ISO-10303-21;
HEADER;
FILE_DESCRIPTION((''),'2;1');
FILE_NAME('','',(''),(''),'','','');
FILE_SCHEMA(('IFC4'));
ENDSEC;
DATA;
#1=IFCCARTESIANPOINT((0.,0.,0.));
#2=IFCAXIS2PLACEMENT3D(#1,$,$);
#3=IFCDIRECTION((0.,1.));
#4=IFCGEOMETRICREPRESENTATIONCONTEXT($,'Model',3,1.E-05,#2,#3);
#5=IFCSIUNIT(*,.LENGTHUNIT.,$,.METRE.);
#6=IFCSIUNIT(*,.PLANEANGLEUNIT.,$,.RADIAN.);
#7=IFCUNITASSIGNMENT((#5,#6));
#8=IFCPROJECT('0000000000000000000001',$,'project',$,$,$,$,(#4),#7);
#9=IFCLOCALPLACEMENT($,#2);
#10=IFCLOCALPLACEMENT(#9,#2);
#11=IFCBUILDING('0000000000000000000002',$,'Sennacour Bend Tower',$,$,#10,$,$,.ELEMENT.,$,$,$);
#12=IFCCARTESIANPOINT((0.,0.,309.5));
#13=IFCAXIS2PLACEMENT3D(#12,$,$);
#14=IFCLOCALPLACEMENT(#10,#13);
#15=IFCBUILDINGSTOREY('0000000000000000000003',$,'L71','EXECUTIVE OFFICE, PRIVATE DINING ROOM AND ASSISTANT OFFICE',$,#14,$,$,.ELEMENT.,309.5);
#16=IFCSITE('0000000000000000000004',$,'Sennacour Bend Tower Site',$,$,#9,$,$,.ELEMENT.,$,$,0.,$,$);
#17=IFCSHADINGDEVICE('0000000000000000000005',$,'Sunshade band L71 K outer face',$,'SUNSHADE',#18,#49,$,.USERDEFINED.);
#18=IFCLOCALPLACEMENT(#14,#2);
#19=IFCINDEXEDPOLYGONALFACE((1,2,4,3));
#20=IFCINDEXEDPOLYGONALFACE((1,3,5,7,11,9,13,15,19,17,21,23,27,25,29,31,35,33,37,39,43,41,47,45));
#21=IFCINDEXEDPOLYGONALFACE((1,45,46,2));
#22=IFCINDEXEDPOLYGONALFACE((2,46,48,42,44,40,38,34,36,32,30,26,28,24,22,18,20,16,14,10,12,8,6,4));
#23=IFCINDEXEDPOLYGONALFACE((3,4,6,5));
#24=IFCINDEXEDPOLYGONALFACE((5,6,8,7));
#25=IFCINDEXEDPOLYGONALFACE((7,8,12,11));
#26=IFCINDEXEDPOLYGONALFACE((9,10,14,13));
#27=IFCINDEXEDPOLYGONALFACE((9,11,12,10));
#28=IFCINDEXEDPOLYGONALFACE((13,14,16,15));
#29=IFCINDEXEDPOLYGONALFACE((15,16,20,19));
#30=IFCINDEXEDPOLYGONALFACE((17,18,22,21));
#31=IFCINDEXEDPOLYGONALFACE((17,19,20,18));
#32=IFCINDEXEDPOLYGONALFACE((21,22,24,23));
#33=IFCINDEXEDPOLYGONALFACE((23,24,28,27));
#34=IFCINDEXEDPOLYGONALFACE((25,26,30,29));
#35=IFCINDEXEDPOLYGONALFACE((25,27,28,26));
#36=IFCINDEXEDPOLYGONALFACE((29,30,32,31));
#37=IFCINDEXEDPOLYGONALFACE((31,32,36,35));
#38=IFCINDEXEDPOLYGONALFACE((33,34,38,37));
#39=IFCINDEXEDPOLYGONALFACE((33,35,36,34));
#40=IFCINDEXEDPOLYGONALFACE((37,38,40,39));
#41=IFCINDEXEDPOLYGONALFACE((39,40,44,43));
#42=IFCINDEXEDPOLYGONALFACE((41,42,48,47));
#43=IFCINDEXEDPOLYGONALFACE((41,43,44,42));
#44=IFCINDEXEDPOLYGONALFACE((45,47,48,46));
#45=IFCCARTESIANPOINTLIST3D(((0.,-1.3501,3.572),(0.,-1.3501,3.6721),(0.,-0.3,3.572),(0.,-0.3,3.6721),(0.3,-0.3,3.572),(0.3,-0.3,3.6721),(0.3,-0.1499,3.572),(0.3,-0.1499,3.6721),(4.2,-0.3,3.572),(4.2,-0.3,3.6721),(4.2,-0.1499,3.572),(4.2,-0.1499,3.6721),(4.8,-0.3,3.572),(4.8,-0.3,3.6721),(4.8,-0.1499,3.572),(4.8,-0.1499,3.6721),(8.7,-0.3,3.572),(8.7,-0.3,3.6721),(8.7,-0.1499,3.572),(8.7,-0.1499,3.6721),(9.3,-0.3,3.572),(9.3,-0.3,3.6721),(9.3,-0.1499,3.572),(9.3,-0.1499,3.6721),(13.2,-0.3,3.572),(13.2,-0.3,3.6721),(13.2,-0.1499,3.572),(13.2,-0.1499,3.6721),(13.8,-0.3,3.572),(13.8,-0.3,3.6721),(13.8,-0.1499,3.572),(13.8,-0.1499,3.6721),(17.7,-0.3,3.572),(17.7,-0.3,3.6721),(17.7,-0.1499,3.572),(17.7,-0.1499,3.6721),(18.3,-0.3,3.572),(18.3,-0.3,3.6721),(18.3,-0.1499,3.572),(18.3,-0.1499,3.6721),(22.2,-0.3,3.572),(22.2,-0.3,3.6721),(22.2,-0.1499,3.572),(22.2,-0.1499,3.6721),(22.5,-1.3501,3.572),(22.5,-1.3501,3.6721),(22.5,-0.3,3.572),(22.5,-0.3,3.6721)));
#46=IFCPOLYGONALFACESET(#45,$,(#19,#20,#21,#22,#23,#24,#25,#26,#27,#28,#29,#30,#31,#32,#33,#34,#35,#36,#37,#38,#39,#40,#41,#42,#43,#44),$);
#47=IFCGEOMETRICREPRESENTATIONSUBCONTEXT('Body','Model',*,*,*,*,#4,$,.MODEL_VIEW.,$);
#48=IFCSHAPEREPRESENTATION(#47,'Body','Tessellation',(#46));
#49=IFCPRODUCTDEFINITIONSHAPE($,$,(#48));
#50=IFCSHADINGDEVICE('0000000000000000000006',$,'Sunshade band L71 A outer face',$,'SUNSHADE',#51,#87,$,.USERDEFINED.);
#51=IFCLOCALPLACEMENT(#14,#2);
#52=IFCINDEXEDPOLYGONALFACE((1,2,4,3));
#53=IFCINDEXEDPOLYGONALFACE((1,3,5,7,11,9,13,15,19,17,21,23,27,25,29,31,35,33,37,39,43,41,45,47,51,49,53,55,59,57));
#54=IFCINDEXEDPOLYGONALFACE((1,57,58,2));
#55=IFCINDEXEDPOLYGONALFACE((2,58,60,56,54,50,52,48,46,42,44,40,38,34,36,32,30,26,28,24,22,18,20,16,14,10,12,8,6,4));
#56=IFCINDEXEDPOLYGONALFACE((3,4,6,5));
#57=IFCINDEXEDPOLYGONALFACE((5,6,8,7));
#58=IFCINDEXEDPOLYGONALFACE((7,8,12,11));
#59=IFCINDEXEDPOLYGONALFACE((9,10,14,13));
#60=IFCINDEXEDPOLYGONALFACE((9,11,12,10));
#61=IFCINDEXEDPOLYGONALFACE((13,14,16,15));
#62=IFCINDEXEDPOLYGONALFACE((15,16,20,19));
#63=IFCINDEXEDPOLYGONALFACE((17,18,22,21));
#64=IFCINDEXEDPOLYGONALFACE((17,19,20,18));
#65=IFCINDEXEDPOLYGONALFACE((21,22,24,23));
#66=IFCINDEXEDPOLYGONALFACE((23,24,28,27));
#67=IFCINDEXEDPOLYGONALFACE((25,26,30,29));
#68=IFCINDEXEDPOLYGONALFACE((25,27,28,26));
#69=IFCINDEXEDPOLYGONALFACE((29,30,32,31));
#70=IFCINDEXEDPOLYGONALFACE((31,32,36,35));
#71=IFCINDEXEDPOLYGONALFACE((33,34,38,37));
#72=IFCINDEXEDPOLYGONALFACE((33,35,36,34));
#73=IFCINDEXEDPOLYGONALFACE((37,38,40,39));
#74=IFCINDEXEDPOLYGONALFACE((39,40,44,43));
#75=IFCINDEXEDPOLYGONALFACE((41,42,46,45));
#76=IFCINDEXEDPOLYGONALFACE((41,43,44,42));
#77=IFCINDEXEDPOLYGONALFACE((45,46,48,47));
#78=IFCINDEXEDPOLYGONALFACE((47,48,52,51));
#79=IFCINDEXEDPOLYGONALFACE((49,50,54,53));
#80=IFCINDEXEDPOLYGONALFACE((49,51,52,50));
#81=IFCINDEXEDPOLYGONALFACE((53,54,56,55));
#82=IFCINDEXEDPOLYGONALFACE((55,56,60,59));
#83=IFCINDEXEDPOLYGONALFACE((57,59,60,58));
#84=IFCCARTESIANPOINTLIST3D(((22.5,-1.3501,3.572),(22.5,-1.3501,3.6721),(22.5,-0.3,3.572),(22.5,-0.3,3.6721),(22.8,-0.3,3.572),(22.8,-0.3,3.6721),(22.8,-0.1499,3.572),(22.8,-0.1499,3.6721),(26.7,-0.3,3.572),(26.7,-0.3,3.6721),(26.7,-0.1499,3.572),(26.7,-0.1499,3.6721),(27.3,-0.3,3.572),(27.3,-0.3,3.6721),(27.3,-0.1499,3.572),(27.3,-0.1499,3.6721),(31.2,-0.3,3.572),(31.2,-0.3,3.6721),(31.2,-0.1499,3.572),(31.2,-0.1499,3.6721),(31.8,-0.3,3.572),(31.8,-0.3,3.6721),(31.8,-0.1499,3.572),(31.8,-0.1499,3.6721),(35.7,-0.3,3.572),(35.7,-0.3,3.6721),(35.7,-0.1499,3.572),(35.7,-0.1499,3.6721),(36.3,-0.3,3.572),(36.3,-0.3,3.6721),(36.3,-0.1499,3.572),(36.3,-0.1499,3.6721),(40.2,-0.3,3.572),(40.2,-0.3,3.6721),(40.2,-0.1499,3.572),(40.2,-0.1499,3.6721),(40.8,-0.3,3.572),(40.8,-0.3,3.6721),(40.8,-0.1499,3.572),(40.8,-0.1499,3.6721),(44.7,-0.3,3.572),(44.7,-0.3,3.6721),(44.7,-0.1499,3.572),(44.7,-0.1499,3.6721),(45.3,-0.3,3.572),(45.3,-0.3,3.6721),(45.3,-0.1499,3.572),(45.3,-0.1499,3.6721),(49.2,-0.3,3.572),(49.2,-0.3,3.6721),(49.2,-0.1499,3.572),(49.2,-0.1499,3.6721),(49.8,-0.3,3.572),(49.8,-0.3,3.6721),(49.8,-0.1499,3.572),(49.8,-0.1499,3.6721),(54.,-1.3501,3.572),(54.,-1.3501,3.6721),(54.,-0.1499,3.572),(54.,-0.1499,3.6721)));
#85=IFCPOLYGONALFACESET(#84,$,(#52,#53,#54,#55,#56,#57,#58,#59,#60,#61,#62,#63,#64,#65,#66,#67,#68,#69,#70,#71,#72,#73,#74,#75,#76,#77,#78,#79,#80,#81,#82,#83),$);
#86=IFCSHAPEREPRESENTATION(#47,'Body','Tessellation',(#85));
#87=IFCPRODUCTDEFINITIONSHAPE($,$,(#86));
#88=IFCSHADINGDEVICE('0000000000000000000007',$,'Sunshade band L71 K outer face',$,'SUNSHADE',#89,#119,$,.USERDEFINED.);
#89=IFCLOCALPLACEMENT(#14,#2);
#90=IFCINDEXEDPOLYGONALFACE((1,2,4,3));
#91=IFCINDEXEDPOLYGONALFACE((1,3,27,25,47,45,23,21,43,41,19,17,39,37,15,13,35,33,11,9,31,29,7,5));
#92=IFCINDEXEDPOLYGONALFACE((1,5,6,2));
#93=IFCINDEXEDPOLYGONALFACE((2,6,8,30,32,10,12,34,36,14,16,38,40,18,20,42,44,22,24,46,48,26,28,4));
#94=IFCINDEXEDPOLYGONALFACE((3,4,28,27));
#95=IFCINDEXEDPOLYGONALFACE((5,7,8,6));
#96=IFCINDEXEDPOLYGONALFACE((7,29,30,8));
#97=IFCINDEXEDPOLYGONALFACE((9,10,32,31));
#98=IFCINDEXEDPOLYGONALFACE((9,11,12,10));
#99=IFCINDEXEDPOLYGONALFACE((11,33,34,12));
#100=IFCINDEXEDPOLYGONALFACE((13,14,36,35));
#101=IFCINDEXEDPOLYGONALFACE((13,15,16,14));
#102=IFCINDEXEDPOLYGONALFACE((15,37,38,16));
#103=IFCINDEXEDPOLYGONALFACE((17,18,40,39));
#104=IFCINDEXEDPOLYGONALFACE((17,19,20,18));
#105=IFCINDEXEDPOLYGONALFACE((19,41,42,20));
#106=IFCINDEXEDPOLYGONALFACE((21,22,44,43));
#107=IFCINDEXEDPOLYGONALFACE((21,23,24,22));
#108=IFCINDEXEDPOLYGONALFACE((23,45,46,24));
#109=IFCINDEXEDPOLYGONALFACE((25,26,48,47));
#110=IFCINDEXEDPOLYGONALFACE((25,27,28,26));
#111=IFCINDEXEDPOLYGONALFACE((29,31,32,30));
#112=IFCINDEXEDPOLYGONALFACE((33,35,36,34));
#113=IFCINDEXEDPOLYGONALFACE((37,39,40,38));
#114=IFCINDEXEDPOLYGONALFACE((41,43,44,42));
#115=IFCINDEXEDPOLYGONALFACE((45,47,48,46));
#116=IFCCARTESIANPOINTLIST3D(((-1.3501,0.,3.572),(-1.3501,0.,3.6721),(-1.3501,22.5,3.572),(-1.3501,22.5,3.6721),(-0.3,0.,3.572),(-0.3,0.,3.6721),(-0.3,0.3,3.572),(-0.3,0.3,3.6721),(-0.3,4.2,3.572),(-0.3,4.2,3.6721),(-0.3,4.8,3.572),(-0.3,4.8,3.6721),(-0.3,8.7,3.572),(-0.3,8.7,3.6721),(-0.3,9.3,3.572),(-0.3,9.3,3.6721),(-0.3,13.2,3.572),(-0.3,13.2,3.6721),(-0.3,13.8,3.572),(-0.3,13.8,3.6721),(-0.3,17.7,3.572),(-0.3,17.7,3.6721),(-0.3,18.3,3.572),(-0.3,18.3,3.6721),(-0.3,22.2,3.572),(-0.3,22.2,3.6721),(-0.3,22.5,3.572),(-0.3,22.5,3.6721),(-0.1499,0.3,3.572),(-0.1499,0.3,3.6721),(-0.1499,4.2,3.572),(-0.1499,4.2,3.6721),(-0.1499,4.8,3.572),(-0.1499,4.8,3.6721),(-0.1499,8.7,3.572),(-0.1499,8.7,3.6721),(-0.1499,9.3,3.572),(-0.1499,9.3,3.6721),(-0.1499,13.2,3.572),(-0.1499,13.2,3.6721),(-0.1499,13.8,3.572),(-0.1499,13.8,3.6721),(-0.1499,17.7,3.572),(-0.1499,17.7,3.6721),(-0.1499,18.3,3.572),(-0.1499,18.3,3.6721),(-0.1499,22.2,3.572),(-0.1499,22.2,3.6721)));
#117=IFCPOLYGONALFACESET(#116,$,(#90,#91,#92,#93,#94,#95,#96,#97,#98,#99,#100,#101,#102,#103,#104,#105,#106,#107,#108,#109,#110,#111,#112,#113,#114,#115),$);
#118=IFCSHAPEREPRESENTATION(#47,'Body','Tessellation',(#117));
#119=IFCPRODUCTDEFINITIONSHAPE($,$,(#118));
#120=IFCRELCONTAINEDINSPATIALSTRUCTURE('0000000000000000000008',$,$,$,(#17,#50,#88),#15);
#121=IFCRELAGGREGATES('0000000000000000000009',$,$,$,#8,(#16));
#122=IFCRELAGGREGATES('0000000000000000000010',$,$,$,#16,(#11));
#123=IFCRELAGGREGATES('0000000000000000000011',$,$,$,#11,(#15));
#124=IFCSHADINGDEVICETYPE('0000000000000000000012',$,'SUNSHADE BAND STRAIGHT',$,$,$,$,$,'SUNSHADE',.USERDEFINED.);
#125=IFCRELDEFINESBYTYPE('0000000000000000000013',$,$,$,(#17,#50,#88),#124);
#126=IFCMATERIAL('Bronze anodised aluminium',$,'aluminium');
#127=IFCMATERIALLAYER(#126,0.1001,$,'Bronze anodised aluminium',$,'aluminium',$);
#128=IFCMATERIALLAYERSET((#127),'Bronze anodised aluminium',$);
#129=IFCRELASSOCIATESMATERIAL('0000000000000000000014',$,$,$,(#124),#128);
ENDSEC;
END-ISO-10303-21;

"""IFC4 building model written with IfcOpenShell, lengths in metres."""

from ifc_helpers import new_model, si_unit, direction, frame, origin, place, context, subcontext, project, spatial, polyline, outline, extrude, material, layer, layer_set, type_object, element, save


model = new_model("IFC4")

# Units and contexts
model_context = context("Model", 3, precision=1e-05, world=origin(), true_north=direction((0.0, 1.0)))
body_context = subcontext(model_context, "Body", "Model", "MODEL_VIEW")
ifc_project = project(units=[si_unit("LENGTHUNIT", "METRE"), si_unit("PLANEANGLEUNIT", "RADIAN")], contexts=[model_context])

# Site, building, storey
site_placement = place(None, origin())
site = spatial("IfcSite", under=ifc_project, at=site_placement, Name="Sennacour Bend Tower Site", CompositionType="ELEMENT", RefElevation=0.0)
building_placement = place(site_placement, origin())
building = spatial("IfcBuilding", under=site, at=building_placement, Name="Sennacour Bend Tower", CompositionType="ELEMENT")
storey_placement = place(building_placement, frame((0.0, 0.0, 309.5)))
storey = spatial("IfcBuildingStorey", under=building, at=storey_placement, Name="L71", Description="EXECUTIVE OFFICE, PRIVATE DINING ROOM AND ASSISTANT OFFICE", CompositionType="ELEMENT", Elevation=309.5)

# Shading devices
ifc_material_1 = material(Name="Bronze anodised aluminium", Category="aluminium")
ifc_layer_1 = layer(ifc_material_1, 0.1001, Name="Bronze anodised aluminium", Category="aluminium")
ifc_layer_set_1 = layer_set([ifc_layer_1], Name="Bronze anodised aluminium")
shading_device_type_1 = type_object("IfcShadingDeviceType", Name="SUNSHADE BAND STRAIGHT", ElementType="SUNSHADE", PredefinedType="USERDEFINED", material=ifc_layer_set_1)
shading_device_1_placement = place(storey_placement, frame((0.0, 0.0, 3.572)))
element("IfcShadingDevice", 1, at=shading_device_1_placement, inside=storey, type_object=shading_device_type_1, Name="Sunshade band L71 K outer face", ObjectType="SUNSHADE", PredefinedType="USERDEFINED", context=body_context, shape_type="SweptSolid", body=[
    extrude(outline(polyline([(4.2, -0.1499), (4.2, -0.3), (4.8, -0.3), (4.8, -0.1499), (8.7, -0.1499), (8.7, -0.3), (9.3, -0.3), (9.3, -0.1499), (13.2, -0.1499), (13.2, -0.3), (13.8, -0.3), (13.8, -0.1499), (17.7, -0.1499), (17.7, -0.3), (18.3, -0.3), (18.3, -0.1499), (22.2, -0.1499), (22.2, -0.3), (22.5, -0.3), (22.5, -1.3501), (0.0, -1.3501), (0.0, -0.3), (0.3, -0.3), (0.3, -0.1499), (4.2, -0.1499)])), origin(), (0.0, 0.0, 1.0), 0.1001),
])
shading_device_2_placement = place(storey_placement, frame((0.0, 0.0, 3.572)))
element("IfcShadingDevice", 2, at=shading_device_2_placement, inside=storey, type_object=shading_device_type_1, Name="Sunshade band L71 A outer face", ObjectType="SUNSHADE", PredefinedType="USERDEFINED", context=body_context, shape_type="SweptSolid", body=[
    extrude(outline(polyline([(26.7, -0.1499), (26.7, -0.3), (27.3, -0.3), (27.3, -0.1499), (31.2, -0.1499), (31.2, -0.3), (31.8, -0.3), (31.8, -0.1499), (35.7, -0.1499), (35.7, -0.3), (36.3, -0.3), (36.3, -0.1499), (40.2, -0.1499), (40.2, -0.3), (40.8, -0.3), (40.8, -0.1499), (44.7, -0.1499), (44.7, -0.3), (45.3, -0.3), (45.3, -0.1499), (49.2, -0.1499), (49.2, -0.3), (49.8, -0.3), (49.8, -0.1499), (54.0, -0.1499), (54.0, -1.3501), (22.5, -1.3501), (22.5, -0.3), (22.8, -0.3), (22.8, -0.1499), (26.7, -0.1499)])), origin(), (0.0, 0.0, 1.0), 0.1001),
])
shading_device_3_placement = place(storey_placement, frame((0.0, 0.0, 3.572)))
element("IfcShadingDevice", 3, at=shading_device_3_placement, inside=storey, type_object=shading_device_type_1, Name="Sunshade band L71 K outer face", ObjectType="SUNSHADE", PredefinedType="USERDEFINED", context=body_context, shape_type="SweptSolid", body=[
    extrude(outline(polyline([(-0.1499, 18.3), (-0.3, 18.3), (-0.3, 17.7), (-0.1499, 17.7), (-0.1499, 13.8), (-0.3, 13.8), (-0.3, 13.2), (-0.1499, 13.2), (-0.1499, 9.3), (-0.3, 9.3), (-0.3, 8.7), (-0.1499, 8.7), (-0.1499, 4.8), (-0.3, 4.8), (-0.3, 4.2), (-0.1499, 4.2), (-0.1499, 0.3), (-0.3, 0.3), (-0.3, 0.0), (-1.3501, 0.0), (-1.3501, 22.5), (-0.3, 22.5), (-0.3, 22.2), (-0.1499, 22.2), (-0.1499, 18.3)])), origin(), (0.0, 0.0, 1.0), 0.1001),
])

save(model, "model.ifc")
